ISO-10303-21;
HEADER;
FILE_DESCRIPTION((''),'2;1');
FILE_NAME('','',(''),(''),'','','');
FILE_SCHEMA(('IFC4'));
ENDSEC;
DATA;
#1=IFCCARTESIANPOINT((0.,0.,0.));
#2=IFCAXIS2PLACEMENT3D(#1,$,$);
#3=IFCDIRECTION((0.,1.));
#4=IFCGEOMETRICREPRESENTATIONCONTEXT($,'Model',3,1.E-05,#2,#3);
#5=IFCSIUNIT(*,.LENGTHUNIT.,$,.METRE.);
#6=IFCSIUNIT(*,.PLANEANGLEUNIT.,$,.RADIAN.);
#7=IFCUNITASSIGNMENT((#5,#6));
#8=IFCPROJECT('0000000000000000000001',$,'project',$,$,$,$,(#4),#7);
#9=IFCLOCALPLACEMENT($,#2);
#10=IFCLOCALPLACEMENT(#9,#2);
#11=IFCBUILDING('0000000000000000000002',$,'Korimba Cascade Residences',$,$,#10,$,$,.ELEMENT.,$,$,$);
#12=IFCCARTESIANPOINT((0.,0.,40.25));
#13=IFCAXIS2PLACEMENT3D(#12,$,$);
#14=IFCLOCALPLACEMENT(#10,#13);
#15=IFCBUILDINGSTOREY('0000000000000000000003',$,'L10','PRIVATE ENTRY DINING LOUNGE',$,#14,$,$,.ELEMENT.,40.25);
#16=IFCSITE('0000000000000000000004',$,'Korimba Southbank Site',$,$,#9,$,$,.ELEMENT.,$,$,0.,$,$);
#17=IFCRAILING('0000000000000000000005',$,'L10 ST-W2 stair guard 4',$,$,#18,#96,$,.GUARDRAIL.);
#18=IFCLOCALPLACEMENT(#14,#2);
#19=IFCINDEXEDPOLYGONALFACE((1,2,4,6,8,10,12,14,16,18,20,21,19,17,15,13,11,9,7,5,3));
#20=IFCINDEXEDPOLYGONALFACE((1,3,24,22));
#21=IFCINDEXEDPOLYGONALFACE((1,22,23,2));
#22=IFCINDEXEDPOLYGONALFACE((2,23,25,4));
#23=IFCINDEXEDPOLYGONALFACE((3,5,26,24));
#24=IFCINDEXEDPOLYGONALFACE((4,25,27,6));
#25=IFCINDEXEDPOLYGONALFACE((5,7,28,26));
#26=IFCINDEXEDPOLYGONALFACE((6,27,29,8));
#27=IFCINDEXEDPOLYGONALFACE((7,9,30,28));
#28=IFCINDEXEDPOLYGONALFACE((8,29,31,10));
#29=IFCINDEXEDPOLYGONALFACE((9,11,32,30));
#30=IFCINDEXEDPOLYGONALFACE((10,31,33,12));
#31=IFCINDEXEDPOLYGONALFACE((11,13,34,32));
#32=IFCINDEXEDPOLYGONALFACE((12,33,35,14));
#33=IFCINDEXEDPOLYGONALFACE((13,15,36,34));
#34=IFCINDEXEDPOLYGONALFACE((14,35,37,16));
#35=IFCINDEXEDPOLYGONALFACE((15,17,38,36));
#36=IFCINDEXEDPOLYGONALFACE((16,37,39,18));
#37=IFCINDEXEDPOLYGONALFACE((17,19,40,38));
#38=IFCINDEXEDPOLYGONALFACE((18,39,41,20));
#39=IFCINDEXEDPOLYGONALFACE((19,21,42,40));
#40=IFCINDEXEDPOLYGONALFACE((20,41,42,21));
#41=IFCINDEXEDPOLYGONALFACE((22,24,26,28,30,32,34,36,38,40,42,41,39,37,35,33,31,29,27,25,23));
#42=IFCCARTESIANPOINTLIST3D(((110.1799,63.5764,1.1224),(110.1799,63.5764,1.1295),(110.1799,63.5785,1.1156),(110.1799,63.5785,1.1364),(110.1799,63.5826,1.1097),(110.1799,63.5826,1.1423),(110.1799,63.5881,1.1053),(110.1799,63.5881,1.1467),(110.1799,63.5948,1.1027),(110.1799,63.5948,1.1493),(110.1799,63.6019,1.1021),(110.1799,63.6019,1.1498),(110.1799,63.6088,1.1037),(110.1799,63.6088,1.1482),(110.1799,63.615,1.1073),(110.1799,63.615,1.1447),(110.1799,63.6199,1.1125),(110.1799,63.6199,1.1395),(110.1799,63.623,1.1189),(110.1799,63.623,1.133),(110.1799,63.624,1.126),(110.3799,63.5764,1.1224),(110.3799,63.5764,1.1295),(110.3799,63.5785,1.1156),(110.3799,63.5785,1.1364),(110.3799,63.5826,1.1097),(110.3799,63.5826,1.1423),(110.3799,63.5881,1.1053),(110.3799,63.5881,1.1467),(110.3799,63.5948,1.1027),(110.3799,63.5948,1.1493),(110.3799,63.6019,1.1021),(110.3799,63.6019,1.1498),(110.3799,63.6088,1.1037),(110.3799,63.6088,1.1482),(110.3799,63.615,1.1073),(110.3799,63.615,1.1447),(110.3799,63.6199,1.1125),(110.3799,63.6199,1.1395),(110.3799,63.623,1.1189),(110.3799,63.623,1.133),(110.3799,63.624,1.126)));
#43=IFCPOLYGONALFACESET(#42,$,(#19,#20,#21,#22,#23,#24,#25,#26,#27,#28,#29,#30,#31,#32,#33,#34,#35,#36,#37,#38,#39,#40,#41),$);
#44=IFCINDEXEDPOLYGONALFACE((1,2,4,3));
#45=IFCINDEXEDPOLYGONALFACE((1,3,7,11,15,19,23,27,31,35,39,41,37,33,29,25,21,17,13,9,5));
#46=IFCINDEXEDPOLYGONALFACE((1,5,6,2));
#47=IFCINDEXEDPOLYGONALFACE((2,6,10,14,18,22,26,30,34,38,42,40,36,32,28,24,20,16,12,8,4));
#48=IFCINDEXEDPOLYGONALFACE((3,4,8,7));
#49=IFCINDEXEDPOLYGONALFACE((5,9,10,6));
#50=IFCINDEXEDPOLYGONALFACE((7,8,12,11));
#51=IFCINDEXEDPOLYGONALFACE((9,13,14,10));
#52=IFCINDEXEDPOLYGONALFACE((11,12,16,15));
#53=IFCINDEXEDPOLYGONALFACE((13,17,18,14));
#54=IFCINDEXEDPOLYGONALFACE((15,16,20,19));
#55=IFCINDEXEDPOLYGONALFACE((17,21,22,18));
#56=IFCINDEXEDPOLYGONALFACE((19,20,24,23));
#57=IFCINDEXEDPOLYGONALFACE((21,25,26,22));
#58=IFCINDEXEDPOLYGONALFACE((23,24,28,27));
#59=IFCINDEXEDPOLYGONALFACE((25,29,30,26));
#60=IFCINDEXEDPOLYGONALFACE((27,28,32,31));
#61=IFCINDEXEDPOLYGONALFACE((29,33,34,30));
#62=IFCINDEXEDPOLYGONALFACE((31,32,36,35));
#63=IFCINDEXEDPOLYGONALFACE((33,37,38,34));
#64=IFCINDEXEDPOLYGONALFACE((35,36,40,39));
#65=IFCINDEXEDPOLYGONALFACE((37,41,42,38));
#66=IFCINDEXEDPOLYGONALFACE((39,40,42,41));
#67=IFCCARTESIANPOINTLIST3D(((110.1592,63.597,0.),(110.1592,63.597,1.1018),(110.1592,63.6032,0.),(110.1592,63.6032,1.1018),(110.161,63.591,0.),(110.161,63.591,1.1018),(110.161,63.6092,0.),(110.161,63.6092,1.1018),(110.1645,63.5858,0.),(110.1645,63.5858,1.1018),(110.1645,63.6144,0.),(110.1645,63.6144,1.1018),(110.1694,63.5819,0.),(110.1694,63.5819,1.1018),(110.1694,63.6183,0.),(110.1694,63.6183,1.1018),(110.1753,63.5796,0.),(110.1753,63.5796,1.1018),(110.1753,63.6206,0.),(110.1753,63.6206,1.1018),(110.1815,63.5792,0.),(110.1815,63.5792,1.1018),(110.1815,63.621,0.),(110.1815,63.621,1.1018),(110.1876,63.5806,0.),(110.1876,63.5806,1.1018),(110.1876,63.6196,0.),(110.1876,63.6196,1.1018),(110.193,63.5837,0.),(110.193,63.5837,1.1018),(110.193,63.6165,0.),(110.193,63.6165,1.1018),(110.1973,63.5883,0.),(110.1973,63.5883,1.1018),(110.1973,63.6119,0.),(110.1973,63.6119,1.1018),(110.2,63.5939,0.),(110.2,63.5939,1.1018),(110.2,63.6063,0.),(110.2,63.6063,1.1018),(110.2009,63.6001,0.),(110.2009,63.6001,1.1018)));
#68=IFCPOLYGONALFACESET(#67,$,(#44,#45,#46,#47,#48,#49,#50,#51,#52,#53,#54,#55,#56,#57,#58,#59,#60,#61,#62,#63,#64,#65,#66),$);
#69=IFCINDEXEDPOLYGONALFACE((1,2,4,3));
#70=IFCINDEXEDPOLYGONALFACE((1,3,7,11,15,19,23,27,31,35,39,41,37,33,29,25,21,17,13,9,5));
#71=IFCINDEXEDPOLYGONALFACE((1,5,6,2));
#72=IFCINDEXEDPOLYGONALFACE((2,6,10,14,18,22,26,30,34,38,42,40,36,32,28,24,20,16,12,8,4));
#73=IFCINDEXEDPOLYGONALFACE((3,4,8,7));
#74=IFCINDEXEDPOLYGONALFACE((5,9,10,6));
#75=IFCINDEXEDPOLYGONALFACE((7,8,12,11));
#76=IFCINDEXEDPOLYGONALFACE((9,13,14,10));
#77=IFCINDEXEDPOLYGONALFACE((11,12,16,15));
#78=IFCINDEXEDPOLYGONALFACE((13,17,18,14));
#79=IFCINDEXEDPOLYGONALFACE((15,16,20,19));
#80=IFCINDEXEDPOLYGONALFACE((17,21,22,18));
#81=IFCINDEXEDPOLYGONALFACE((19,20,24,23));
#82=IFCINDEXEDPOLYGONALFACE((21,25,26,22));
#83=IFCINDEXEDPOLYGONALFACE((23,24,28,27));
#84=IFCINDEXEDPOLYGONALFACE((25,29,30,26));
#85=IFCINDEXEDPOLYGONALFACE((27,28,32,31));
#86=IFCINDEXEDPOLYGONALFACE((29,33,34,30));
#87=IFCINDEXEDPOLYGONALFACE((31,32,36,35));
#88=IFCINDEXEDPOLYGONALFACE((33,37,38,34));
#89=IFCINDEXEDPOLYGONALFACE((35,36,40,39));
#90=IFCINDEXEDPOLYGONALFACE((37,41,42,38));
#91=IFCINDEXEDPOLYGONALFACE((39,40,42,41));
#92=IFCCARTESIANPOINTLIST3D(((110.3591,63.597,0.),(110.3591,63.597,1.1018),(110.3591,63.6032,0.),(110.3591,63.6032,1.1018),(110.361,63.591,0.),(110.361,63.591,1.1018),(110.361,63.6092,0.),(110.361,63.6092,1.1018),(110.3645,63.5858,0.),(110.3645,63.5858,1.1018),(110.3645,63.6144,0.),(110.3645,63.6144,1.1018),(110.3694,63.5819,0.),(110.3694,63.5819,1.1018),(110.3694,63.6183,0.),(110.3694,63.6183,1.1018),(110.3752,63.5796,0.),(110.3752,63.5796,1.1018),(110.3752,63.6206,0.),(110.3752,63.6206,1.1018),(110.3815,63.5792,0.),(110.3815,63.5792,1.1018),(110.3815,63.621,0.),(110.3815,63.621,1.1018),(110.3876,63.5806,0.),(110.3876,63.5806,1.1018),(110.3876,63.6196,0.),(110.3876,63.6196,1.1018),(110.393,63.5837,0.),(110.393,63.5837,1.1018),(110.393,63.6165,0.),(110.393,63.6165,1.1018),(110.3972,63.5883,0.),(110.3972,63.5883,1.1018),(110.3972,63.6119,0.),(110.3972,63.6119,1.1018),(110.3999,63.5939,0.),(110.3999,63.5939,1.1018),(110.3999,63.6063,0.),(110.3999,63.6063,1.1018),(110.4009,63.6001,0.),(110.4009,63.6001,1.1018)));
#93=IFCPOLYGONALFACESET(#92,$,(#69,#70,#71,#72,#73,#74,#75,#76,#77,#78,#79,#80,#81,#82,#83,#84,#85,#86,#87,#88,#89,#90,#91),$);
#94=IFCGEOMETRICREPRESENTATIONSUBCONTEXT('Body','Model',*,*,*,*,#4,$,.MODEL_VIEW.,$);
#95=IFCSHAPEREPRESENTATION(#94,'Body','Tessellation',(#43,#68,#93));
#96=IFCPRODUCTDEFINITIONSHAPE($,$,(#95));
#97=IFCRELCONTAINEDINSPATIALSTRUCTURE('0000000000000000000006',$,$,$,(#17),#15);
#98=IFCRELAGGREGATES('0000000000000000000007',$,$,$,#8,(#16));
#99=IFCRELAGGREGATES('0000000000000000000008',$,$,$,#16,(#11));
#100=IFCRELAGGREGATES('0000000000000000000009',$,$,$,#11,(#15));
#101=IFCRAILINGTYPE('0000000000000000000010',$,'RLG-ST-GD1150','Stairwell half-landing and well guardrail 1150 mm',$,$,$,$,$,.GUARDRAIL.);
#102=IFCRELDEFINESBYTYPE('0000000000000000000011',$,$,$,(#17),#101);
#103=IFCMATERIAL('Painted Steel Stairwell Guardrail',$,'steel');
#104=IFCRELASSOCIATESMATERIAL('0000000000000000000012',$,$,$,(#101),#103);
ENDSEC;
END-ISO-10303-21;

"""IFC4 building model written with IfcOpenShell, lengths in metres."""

from ifc_helpers import new_model, si_unit, direction, frame, origin, origin_2d, place, context, subcontext, project, spatial, circle, extrude, material, type_object, element, save


model = new_model("IFC4")

# Units and contexts
model_context = context("Model", 3, precision=1e-05, world=origin(), true_north=direction((0.0, 1.0)))
body_context = subcontext(model_context, "Body", "Model", "MODEL_VIEW")
ifc_project = project(units=[si_unit("LENGTHUNIT", "METRE"), si_unit("PLANEANGLEUNIT", "RADIAN")], contexts=[model_context])

# Site, building, storey
site_placement = place(None, origin())
site = spatial("IfcSite", under=ifc_project, at=site_placement, Name="Korimba Southbank Site", CompositionType="ELEMENT", RefElevation=0.0)
building_placement = place(site_placement, origin())
building = spatial("IfcBuilding", under=site, at=building_placement, Name="Korimba Cascade Residences", CompositionType="ELEMENT")
storey_placement = place(building_placement, frame((0.0, 0.0, 40.25)))
storey = spatial("IfcBuildingStorey", under=building, at=storey_placement, Name="L10", Description="PRIVATE ENTRY DINING LOUNGE", CompositionType="ELEMENT", Elevation=40.25)

# Railing
ifc_material_1 = material(Name="Painted Steel Stairwell Guardrail", Category="steel")
railing_type_1 = type_object("IfcRailingType", Name="RLG-ST-GD1150", Description="Stairwell half-landing and well guardrail 1150 mm", PredefinedType="GUARDRAIL", material=ifc_material_1)
railing_1_placement = place(storey_placement, frame((110.1799, 63.6001, 0.0)))
element("IfcRailing", 1, at=railing_1_placement, inside=storey, type_object=railing_type_1, Name="L10 ST-W2 stair guard 4", PredefinedType="GUARDRAIL", context=body_context, shape_type="SweptSolid", body=[
    extrude(circle(Radius=0.0239, at=origin_2d()), frame((0.0, 0.0, 1.126), z_axis=(1.0, 0.0, 0.0), x_axis=(0.0, 1.0, 0.0)), (0.0, 0.0, 1.0), 0.2),
    extrude(circle(Radius=0.021, at=origin_2d()), origin(), (0.0, 0.0, 1.0), 1.1018),
    extrude(circle(Radius=0.021, at=origin_2d()), frame((0.2, 0.0, 0.0)), (0.0, 0.0, 1.0), 1.1018),
])

save(model, "model.ifc")
